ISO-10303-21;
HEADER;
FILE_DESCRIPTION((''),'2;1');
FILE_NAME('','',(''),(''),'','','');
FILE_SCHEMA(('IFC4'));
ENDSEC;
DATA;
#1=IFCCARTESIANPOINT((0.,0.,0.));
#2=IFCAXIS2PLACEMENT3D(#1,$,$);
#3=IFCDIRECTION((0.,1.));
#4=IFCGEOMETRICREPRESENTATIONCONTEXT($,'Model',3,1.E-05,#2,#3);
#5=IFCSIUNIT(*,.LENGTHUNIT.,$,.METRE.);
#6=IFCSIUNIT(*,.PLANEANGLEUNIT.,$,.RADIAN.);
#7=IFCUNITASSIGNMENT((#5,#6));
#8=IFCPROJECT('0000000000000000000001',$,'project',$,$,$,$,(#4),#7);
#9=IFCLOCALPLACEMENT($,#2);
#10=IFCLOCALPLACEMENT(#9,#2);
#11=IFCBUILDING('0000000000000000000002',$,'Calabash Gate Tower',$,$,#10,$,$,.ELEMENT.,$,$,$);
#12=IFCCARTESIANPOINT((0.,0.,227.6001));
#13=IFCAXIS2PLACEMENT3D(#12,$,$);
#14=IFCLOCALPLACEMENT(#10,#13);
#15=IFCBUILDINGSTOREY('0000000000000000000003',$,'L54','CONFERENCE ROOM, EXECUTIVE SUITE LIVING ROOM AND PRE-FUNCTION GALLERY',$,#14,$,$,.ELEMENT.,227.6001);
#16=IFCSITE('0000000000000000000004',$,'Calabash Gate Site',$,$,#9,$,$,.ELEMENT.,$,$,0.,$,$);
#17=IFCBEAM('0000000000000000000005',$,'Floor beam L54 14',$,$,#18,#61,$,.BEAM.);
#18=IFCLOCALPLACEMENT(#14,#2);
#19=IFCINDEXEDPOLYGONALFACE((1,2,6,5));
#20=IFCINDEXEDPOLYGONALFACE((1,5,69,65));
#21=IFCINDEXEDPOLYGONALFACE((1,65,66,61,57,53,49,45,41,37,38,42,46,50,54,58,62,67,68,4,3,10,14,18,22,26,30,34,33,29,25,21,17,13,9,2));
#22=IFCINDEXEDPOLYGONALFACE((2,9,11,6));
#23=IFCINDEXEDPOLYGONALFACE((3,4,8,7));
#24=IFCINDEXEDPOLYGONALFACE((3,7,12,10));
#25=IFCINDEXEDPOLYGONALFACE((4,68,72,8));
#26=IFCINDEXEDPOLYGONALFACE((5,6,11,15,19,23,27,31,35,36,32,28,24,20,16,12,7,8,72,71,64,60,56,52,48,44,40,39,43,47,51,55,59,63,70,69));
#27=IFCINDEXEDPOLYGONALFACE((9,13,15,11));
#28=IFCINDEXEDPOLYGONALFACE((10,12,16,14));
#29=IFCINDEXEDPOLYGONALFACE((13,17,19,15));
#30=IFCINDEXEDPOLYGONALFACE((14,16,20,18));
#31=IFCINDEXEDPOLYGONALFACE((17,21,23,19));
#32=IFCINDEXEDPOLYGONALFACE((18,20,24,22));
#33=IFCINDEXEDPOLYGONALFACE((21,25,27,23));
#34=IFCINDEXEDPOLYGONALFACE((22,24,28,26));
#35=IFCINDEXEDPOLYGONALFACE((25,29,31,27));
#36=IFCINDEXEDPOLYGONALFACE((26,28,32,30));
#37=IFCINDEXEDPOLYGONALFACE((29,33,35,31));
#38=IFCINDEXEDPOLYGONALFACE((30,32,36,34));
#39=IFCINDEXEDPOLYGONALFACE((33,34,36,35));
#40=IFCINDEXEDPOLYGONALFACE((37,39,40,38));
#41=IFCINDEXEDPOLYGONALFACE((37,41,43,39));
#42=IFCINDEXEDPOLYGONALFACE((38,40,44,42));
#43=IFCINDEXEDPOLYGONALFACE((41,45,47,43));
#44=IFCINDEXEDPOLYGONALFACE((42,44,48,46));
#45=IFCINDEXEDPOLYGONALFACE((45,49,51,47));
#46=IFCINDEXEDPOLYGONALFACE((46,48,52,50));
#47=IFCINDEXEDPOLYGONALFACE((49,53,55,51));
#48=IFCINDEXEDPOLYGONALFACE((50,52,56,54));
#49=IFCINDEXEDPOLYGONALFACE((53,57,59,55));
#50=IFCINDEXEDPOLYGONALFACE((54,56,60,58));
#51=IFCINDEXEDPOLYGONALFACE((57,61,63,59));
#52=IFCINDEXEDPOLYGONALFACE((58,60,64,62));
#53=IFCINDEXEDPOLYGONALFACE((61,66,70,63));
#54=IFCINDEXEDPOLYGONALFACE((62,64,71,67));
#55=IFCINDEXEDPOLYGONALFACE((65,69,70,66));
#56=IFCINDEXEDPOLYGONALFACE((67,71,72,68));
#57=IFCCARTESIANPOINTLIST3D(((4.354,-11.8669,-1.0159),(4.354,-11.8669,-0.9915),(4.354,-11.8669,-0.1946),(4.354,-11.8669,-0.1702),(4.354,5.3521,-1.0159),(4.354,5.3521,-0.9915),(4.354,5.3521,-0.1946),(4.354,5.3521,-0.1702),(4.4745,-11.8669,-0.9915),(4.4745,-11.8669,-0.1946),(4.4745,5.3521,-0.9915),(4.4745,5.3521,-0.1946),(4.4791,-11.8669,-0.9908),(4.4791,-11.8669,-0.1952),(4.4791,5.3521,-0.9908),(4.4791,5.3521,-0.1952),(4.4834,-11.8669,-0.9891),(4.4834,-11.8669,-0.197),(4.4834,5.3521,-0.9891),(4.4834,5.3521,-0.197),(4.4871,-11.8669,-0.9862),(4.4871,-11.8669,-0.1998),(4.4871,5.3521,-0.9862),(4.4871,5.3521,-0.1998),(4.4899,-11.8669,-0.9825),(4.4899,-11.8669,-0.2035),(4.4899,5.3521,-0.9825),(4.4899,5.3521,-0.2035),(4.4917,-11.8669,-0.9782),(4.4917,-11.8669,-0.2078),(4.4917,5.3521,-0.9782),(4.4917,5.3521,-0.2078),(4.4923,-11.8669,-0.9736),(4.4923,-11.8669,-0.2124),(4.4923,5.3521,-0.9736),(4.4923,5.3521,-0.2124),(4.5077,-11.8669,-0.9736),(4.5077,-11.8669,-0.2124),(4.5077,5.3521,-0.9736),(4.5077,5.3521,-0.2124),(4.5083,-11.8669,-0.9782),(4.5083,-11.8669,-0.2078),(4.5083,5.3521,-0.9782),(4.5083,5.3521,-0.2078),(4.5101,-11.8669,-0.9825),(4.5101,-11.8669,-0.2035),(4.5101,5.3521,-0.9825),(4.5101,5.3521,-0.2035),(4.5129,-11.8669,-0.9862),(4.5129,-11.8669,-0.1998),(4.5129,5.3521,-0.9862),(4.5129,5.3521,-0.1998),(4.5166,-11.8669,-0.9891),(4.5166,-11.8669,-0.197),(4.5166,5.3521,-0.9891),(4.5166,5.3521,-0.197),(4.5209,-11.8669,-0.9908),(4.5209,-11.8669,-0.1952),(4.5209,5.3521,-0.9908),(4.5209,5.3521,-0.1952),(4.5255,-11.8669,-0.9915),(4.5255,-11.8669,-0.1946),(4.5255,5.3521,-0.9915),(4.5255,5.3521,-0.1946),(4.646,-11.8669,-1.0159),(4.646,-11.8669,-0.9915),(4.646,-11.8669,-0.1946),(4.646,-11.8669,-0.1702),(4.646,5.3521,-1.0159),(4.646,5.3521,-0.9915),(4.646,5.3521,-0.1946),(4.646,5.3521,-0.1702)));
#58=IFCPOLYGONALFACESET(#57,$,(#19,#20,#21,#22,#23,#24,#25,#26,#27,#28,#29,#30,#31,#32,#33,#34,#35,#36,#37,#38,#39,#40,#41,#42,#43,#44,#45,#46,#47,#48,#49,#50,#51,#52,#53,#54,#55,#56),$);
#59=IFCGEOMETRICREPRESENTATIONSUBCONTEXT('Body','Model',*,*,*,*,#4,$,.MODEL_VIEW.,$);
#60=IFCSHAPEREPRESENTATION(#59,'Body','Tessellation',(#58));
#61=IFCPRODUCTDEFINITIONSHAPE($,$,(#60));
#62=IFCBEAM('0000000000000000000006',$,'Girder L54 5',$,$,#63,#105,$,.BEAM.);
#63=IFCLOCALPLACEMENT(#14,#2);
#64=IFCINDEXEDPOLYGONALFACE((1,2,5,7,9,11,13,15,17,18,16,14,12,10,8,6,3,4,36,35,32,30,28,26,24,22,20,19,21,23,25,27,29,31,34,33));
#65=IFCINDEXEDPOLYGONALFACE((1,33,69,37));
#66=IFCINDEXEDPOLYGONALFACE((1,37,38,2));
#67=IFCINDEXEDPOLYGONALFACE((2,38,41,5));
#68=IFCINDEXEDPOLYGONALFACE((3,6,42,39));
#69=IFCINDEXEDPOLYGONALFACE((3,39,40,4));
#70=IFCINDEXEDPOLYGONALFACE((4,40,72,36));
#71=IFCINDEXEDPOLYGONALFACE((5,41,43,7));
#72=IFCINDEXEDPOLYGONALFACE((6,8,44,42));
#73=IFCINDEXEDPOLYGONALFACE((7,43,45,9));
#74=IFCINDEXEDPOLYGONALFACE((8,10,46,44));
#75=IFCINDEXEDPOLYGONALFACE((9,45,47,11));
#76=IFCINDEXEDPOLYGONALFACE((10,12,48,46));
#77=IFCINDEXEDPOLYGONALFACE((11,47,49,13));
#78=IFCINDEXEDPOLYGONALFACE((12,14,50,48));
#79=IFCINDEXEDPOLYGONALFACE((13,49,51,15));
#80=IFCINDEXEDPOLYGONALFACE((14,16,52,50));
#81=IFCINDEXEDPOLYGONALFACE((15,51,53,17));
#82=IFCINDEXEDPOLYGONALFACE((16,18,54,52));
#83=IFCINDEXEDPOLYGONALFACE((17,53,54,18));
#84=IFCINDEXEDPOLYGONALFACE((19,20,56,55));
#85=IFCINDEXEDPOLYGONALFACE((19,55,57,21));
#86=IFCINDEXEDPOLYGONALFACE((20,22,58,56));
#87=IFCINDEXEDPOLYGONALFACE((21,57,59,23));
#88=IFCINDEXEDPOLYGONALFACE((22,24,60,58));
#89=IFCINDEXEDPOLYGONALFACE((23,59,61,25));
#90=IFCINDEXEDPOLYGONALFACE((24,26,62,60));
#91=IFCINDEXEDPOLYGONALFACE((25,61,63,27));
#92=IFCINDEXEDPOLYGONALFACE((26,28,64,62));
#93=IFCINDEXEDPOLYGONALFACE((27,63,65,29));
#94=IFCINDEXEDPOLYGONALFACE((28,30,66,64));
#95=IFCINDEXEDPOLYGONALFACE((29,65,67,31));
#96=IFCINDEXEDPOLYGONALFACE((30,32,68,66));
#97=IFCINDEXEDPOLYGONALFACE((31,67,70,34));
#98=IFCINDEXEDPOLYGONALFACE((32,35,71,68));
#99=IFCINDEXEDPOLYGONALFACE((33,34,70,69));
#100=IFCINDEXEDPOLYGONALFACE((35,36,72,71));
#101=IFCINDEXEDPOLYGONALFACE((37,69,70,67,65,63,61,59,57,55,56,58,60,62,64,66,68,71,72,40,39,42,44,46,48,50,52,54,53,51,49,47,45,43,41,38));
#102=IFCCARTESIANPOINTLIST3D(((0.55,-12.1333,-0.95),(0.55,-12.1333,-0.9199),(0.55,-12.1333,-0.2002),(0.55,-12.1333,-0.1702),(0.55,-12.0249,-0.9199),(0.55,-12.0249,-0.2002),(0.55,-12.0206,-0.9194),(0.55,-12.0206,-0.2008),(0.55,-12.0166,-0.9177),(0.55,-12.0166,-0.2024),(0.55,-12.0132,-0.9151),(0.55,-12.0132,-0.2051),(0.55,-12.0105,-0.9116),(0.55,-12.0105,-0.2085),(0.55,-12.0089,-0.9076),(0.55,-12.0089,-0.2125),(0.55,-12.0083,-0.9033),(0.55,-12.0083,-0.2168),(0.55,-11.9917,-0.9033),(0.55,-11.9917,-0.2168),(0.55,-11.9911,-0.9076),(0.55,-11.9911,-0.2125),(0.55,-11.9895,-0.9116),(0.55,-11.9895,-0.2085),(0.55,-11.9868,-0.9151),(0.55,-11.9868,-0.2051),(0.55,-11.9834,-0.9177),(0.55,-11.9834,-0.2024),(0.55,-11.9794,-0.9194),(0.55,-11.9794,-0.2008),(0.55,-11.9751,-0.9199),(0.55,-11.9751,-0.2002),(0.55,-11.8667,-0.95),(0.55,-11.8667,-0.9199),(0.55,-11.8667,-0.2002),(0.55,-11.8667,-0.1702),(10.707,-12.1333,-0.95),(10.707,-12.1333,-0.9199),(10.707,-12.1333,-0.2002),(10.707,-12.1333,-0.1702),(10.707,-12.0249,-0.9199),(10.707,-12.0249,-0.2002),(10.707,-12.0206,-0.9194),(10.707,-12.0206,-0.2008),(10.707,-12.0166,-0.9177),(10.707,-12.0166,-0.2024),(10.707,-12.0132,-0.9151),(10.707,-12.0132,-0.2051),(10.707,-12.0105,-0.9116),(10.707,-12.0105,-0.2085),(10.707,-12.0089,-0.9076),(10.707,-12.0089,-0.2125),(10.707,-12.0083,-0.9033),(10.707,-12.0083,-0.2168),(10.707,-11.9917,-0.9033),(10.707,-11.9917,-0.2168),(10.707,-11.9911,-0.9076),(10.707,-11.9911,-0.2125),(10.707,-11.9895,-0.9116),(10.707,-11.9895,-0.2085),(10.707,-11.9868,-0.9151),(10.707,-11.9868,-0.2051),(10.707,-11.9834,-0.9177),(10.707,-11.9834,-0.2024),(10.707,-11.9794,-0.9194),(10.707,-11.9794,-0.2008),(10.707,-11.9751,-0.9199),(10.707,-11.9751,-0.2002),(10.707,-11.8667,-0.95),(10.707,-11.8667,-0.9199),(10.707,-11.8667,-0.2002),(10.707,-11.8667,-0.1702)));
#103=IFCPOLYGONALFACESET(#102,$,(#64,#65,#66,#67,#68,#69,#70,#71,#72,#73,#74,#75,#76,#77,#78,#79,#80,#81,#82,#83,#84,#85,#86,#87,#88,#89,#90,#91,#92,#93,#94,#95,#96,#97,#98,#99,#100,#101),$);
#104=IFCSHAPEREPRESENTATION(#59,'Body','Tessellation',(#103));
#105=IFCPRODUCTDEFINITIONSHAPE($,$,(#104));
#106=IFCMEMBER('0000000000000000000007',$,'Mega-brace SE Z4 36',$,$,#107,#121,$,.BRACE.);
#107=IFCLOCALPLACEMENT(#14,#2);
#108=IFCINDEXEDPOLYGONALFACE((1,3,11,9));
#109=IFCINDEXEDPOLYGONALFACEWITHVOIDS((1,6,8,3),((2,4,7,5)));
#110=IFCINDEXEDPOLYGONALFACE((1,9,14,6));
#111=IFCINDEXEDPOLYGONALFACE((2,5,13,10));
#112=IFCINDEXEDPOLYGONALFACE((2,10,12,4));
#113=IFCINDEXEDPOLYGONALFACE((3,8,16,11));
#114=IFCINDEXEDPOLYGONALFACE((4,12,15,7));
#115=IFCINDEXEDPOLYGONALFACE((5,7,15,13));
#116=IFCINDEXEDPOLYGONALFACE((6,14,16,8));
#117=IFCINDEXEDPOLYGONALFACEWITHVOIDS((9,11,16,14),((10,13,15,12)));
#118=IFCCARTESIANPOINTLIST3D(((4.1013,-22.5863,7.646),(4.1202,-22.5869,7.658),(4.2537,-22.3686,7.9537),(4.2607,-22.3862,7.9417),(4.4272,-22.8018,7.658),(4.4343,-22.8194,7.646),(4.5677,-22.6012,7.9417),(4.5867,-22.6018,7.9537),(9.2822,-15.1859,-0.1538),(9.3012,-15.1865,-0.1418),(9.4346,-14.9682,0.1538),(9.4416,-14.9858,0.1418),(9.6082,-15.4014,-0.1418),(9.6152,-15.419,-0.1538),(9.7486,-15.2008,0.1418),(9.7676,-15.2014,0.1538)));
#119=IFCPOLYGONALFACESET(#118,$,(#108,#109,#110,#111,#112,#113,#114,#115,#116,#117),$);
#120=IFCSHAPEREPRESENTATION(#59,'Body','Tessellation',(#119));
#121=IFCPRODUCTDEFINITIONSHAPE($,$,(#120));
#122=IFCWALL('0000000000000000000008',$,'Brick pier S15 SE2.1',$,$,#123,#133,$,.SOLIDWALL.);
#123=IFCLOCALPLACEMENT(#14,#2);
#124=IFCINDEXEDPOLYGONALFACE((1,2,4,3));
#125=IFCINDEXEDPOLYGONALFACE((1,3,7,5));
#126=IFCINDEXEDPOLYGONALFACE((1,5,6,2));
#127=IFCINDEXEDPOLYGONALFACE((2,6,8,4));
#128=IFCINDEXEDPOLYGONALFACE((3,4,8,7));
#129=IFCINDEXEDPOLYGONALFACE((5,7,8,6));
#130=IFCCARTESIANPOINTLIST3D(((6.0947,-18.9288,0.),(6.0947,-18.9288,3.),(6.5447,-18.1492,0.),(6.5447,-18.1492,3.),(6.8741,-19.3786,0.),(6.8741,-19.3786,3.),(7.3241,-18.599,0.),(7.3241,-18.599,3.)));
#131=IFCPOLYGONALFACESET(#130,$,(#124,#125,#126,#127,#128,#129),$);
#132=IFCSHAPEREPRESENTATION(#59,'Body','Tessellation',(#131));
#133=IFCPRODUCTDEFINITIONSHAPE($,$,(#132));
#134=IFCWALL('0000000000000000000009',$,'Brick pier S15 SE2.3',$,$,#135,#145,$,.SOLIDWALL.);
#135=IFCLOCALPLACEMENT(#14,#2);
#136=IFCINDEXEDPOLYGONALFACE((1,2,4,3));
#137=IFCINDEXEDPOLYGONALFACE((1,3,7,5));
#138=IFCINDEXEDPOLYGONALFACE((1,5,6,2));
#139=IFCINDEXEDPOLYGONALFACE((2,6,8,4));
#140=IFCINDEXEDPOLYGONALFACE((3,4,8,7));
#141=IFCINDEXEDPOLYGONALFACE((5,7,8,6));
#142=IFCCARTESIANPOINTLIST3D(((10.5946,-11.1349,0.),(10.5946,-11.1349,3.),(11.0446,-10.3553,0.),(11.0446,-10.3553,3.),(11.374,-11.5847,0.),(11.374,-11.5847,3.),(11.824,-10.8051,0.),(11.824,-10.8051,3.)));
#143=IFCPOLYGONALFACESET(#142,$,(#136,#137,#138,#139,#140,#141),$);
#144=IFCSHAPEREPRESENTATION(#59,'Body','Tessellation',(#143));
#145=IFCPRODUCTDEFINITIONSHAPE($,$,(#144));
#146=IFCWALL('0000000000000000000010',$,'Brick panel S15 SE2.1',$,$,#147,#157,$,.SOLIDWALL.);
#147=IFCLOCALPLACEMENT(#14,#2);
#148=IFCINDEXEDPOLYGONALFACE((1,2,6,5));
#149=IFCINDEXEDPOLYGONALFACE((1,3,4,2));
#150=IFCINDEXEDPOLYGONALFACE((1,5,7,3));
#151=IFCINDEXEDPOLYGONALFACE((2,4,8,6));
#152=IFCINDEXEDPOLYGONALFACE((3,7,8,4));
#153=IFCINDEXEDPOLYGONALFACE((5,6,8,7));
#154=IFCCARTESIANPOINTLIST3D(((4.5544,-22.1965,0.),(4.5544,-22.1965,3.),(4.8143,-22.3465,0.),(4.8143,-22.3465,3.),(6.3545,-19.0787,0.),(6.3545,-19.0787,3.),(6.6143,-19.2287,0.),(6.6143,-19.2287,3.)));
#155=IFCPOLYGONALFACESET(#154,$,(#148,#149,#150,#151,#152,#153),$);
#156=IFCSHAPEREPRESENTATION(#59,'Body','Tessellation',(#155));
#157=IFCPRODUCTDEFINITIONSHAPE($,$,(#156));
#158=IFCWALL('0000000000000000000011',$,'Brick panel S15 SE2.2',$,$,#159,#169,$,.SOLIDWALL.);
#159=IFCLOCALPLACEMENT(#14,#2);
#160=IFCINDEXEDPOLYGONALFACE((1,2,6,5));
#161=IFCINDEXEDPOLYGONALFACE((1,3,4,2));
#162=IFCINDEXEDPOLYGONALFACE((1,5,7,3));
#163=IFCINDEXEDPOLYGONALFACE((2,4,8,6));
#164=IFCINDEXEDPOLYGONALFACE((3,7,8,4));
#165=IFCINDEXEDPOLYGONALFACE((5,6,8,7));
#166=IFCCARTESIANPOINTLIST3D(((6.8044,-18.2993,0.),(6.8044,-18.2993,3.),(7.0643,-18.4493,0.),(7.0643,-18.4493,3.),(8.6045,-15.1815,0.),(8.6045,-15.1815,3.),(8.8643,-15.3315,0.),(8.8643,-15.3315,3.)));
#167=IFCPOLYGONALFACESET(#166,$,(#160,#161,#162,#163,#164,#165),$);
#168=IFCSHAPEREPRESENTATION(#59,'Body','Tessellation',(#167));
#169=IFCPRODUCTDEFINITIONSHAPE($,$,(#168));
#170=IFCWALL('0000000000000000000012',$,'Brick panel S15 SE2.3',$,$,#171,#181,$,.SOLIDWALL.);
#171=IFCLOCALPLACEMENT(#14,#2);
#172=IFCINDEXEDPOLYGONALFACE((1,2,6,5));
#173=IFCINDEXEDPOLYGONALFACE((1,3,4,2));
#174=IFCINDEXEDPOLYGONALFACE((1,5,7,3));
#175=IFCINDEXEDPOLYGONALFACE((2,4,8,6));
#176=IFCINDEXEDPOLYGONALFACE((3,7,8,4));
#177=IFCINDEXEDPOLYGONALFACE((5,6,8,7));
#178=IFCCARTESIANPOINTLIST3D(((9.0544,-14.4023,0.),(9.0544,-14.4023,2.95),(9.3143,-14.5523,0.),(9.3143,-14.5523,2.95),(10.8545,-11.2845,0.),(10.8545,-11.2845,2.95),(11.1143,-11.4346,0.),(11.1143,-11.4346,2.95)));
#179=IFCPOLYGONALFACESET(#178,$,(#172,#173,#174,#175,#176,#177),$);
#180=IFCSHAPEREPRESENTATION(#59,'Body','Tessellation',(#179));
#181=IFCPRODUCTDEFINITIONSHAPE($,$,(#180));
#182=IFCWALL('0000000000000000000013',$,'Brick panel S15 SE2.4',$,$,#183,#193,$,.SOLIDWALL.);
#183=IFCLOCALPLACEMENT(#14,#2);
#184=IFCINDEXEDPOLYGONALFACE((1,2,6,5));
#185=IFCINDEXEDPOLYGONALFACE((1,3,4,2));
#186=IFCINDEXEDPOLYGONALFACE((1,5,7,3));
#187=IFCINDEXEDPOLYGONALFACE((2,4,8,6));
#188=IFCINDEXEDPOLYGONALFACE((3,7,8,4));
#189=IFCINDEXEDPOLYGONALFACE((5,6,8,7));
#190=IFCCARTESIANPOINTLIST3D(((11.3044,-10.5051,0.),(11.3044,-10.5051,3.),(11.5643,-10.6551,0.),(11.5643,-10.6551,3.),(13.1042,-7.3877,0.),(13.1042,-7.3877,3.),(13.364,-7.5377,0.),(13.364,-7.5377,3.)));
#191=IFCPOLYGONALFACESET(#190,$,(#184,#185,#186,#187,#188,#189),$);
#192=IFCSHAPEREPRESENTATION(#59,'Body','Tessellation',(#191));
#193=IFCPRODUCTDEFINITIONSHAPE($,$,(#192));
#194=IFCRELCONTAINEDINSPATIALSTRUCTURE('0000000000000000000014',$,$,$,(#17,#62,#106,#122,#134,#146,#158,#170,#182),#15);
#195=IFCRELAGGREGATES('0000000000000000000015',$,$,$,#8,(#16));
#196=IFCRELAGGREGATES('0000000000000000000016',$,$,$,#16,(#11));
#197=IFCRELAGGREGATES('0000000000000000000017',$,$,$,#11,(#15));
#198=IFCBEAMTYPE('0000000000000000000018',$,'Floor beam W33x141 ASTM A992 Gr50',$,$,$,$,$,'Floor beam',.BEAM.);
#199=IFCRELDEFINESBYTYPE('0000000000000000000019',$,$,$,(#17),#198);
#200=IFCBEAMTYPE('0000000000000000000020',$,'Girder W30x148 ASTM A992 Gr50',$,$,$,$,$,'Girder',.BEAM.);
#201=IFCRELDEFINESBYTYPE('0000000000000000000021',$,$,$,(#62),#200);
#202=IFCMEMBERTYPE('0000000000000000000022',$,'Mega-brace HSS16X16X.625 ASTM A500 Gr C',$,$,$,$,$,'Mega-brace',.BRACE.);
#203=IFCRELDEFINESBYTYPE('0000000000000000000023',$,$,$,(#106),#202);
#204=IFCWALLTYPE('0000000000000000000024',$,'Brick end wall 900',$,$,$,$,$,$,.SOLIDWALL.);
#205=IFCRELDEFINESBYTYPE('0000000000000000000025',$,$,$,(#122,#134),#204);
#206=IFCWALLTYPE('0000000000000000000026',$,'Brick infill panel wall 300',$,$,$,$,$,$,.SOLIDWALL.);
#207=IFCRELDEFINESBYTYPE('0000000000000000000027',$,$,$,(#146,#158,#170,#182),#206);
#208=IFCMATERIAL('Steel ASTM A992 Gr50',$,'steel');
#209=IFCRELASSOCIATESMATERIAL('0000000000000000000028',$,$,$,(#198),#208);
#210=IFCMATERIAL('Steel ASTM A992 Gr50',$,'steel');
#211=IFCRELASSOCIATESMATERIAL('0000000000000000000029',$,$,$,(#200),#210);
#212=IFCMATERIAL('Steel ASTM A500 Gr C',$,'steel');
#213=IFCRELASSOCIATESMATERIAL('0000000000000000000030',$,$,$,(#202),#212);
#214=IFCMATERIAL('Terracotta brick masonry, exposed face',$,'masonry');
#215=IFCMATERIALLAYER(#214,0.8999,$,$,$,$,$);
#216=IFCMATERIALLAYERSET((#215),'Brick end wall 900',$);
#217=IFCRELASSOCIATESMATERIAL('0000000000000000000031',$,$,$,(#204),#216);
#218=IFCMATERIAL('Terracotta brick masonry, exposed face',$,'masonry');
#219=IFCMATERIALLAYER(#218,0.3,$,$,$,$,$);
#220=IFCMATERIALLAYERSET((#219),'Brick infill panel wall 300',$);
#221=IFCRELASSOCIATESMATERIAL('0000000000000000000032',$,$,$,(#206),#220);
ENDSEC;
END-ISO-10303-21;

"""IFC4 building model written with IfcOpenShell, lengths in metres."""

from ifc_helpers import new_model, si_unit, direction, frame, frame_2d, origin, origin_2d, place, context, subcontext, project, spatial, rectangle, hollow_rectangle, i_section, extrude, material, layer, layer_set, material_profile, profile_set, type_object, element, save


model = new_model("IFC4")

# Units and contexts
model_context = context("Model", 3, precision=1e-05, world=origin(), true_north=direction((0.0, 1.0)))
body_context = subcontext(model_context, "Body", "Model", "MODEL_VIEW")
ifc_project = project(units=[si_unit("LENGTHUNIT", "METRE"), si_unit("PLANEANGLEUNIT", "RADIAN")], contexts=[model_context])

# Site, building, storey
site_placement = place(None, origin())
site = spatial("IfcSite", under=ifc_project, at=site_placement, Name="Calabash Gate Site", CompositionType="ELEMENT", RefElevation=0.0)
building_placement = place(site_placement, origin())
building = spatial("IfcBuilding", under=site, at=building_placement, Name="Calabash Gate Tower", CompositionType="ELEMENT")
storey_placement = place(building_placement, frame((0.0, 0.0, 227.6001)))
storey = spatial("IfcBuildingStorey", under=building, at=storey_placement, Name="L54", Description="CONFERENCE ROOM, EXECUTIVE SUITE LIVING ROOM AND PRE-FUNCTION GALLERY", CompositionType="ELEMENT", Elevation=227.6001)

# Beams
ifc_material_1 = material(Name="Steel ASTM A992 Gr50", Category="steel")
ifc_material_profile_1 = material_profile(ifc_material_1, i_section(OverallWidth=0.292, OverallDepth=0.8457, WebThickness=0.0154, FlangeThickness=0.0244, FilletRadius=0.0178, at=origin_2d()))
ifc_profile_set_1 = profile_set([ifc_material_profile_1], Name="Steel ASTM A992 Gr50")
beam_type_1 = type_object("IfcBeamType", Name="Floor beam W33x141 ASTM A992 Gr50", ElementType="Floor beam", PredefinedType="BEAM", material=ifc_profile_set_1)
beam_1_placement = place(storey_placement, frame((4.5, -11.8669, -0.593), z_axis=(0.0, 1.0, 0.0), x_axis=(-1.0, 0.0, 0.0)))
element("IfcBeam", 1, at=beam_1_placement, inside=storey, type_object=beam_type_1, Name="Floor beam L54 14", PredefinedType="BEAM", context=body_context, shape_type="SweptSolid", body=[
    extrude(i_section(OverallWidth=0.292, OverallDepth=0.8457, WebThickness=0.0154, FlangeThickness=0.0244, FilletRadius=0.0178, at=origin_2d()), origin(), (0.0, 0.0, 1.0), 17.219),
])
ifc_material_2 = material(Name="Steel ASTM A992 Gr50", Category="steel")
ifc_material_profile_2 = material_profile(ifc_material_2, i_section(OverallWidth=0.2666, OverallDepth=0.7798, WebThickness=0.0166, FlangeThickness=0.03, FilletRadius=0.0166, at=origin_2d()))
ifc_profile_set_2 = profile_set([ifc_material_profile_2], Name="Steel ASTM A992 Gr50")
beam_type_2 = type_object("IfcBeamType", Name="Girder W30x148 ASTM A992 Gr50", ElementType="Girder", PredefinedType="BEAM", material=ifc_profile_set_2)
beam_2_placement = place(storey_placement, frame((0.55, -12.0, -0.5601), z_axis=(1.0, 0.0, 0.0), x_axis=(0.0, 1.0, 0.0)))
element("IfcBeam", 2, at=beam_2_placement, inside=storey, type_object=beam_type_2, Name="Girder L54 5", PredefinedType="BEAM", context=body_context, shape_type="SweptSolid", body=[
    extrude(i_section(OverallWidth=0.2666, OverallDepth=0.7798, WebThickness=0.0166, FlangeThickness=0.03, FilletRadius=0.0166, at=origin_2d()), origin(), (0.0, 0.0, 1.0), 10.157),
])

# Member
ifc_material_3 = material(Name="Steel ASTM A500 Gr C", Category="steel")
ifc_material_profile_3 = material_profile(ifc_material_3, hollow_rectangle(XDim=0.4065, YDim=0.4065, WallThickness=0.0159, at=origin_2d()))
ifc_profile_set_3 = profile_set([ifc_material_profile_3], Name="Steel ASTM A500 Gr C")
member_type = type_object("IfcMemberType", Name="Mega-brace HSS16X16X.625 ASTM A500 Gr C", ElementType="Mega-brace", PredefinedType="BRACE", material=ifc_profile_set_3)
member_placement = place(storey_placement, frame((9.5249, -15.1936, 0.0), z_axis=(-0.434093, -0.620057, 0.653523), x_axis=(0.819199, -0.57351, 0.0)))
element("IfcMember", 3, at=member_placement, inside=storey, type_object=member_type, Name="Mega-brace SE Z4 36", PredefinedType="BRACE", context=body_context, shape_type="SweptSolid", body=[
    extrude(hollow_rectangle(XDim=0.4065, YDim=0.4065, WallThickness=0.0159, at=origin_2d()), origin(), (0.0, 0.0, 1.0), 11.9351),
])

# Walls
ifc_material_4 = material(Name="Terracotta brick masonry, exposed face", Category="masonry")
ifc_layer_1 = layer(ifc_material_4, 0.8999)
ifc_layer_set_1 = layer_set([ifc_layer_1], Name="Brick end wall 900")
wall_type_1 = type_object("IfcWallType", Name="Brick end wall 900", PredefinedType="SOLIDWALL", material=ifc_layer_set_1)
for number, where, z_axis, x_axis, name in (
    (4, (6.4844, -19.1538, 0.0), (0.0, 0.0, 1.0), (0.499902, 0.866082, 0.0), "Brick pier S15 SE2.1"),
    (5, (11.4343, -10.5801, 0.0), (0.0, 0.0, 1.0), (-0.499902, -0.866082, 0.0), "Brick pier S15 SE2.3"),
):
    element("IfcWall", number, at=place(storey_placement, frame(where, z_axis=z_axis, x_axis=x_axis)), inside=storey, type_object=wall_type_1, Name=name, PredefinedType="SOLIDWALL", context=body_context, shape_type="SweptSolid", body=[
        extrude(rectangle(XDim=0.9001, YDim=0.8999, at=frame_2d((0.4502, 0.0))), origin(), (0.0, 0.0, 1.0), 3.0),
    ])
ifc_material_5 = material(Name="Terracotta brick masonry, exposed face", Category="masonry")
ifc_layer_2 = layer(ifc_material_5, 0.3)
ifc_layer_set_2 = layer_set([ifc_layer_2], Name="Brick infill panel wall 300")
wall_type_2 = type_object("IfcWallType", Name="Brick infill panel wall 300", PredefinedType="SOLIDWALL", material=ifc_layer_set_2)
for number, where, z_axis, x_axis, name in (
    (6, (4.6843, -22.2715, 0.0), (0.0, 0.0, 1.0), (0.500012, 0.866018, 0.0), "Brick panel S15 SE2.1"),
    (7, (6.9343, -18.3743, 0.0), (0.0, 0.0, 1.0), (0.500012, 0.866018, 0.0), "Brick panel S15 SE2.2"),
):
    element("IfcWall", number, at=place(storey_placement, frame(where, z_axis=z_axis, x_axis=x_axis)), inside=storey, type_object=wall_type_2, Name=name, PredefinedType="SOLIDWALL", context=body_context, shape_type="SweptSolid", body=[
        extrude(rectangle(XDim=3.6001, YDim=0.3, at=frame_2d((1.8, 0.0))), origin(), (0.0, 0.0, 1.0), 3.0),
    ])
wall_1_placement = place(storey_placement, frame((9.1843, -14.4773, 0.0), z_axis=(0.0, 0.0, 1.0), x_axis=(0.500012, 0.866018, 0.0)))
element("IfcWall", 8, at=wall_1_placement, inside=storey, type_object=wall_type_2, Name="Brick panel S15 SE2.3", PredefinedType="SOLIDWALL", context=body_context, shape_type="SweptSolid", body=[
    extrude(rectangle(XDim=3.6001, YDim=0.3, at=frame_2d((1.8, 0.0))), origin(), (0.0, 0.0, 1.0), 2.95),
])
wall_2_placement = place(storey_placement, frame((11.4343, -10.5801, 0.0), z_axis=(0.0, 0.0, 1.0), x_axis=(0.499991, 0.866031, 0.0)))
element("IfcWall", 9, at=wall_2_placement, inside=storey, type_object=wall_type_2, Name="Brick panel S15 SE2.4", PredefinedType="SOLIDWALL", context=body_context, shape_type="SweptSolid", body=[
    extrude(rectangle(XDim=3.5996, YDim=0.3, at=frame_2d((1.7998, 0.0))), origin(), (0.0, 0.0, 1.0), 3.0),
])

save(model, "model.ifc")
